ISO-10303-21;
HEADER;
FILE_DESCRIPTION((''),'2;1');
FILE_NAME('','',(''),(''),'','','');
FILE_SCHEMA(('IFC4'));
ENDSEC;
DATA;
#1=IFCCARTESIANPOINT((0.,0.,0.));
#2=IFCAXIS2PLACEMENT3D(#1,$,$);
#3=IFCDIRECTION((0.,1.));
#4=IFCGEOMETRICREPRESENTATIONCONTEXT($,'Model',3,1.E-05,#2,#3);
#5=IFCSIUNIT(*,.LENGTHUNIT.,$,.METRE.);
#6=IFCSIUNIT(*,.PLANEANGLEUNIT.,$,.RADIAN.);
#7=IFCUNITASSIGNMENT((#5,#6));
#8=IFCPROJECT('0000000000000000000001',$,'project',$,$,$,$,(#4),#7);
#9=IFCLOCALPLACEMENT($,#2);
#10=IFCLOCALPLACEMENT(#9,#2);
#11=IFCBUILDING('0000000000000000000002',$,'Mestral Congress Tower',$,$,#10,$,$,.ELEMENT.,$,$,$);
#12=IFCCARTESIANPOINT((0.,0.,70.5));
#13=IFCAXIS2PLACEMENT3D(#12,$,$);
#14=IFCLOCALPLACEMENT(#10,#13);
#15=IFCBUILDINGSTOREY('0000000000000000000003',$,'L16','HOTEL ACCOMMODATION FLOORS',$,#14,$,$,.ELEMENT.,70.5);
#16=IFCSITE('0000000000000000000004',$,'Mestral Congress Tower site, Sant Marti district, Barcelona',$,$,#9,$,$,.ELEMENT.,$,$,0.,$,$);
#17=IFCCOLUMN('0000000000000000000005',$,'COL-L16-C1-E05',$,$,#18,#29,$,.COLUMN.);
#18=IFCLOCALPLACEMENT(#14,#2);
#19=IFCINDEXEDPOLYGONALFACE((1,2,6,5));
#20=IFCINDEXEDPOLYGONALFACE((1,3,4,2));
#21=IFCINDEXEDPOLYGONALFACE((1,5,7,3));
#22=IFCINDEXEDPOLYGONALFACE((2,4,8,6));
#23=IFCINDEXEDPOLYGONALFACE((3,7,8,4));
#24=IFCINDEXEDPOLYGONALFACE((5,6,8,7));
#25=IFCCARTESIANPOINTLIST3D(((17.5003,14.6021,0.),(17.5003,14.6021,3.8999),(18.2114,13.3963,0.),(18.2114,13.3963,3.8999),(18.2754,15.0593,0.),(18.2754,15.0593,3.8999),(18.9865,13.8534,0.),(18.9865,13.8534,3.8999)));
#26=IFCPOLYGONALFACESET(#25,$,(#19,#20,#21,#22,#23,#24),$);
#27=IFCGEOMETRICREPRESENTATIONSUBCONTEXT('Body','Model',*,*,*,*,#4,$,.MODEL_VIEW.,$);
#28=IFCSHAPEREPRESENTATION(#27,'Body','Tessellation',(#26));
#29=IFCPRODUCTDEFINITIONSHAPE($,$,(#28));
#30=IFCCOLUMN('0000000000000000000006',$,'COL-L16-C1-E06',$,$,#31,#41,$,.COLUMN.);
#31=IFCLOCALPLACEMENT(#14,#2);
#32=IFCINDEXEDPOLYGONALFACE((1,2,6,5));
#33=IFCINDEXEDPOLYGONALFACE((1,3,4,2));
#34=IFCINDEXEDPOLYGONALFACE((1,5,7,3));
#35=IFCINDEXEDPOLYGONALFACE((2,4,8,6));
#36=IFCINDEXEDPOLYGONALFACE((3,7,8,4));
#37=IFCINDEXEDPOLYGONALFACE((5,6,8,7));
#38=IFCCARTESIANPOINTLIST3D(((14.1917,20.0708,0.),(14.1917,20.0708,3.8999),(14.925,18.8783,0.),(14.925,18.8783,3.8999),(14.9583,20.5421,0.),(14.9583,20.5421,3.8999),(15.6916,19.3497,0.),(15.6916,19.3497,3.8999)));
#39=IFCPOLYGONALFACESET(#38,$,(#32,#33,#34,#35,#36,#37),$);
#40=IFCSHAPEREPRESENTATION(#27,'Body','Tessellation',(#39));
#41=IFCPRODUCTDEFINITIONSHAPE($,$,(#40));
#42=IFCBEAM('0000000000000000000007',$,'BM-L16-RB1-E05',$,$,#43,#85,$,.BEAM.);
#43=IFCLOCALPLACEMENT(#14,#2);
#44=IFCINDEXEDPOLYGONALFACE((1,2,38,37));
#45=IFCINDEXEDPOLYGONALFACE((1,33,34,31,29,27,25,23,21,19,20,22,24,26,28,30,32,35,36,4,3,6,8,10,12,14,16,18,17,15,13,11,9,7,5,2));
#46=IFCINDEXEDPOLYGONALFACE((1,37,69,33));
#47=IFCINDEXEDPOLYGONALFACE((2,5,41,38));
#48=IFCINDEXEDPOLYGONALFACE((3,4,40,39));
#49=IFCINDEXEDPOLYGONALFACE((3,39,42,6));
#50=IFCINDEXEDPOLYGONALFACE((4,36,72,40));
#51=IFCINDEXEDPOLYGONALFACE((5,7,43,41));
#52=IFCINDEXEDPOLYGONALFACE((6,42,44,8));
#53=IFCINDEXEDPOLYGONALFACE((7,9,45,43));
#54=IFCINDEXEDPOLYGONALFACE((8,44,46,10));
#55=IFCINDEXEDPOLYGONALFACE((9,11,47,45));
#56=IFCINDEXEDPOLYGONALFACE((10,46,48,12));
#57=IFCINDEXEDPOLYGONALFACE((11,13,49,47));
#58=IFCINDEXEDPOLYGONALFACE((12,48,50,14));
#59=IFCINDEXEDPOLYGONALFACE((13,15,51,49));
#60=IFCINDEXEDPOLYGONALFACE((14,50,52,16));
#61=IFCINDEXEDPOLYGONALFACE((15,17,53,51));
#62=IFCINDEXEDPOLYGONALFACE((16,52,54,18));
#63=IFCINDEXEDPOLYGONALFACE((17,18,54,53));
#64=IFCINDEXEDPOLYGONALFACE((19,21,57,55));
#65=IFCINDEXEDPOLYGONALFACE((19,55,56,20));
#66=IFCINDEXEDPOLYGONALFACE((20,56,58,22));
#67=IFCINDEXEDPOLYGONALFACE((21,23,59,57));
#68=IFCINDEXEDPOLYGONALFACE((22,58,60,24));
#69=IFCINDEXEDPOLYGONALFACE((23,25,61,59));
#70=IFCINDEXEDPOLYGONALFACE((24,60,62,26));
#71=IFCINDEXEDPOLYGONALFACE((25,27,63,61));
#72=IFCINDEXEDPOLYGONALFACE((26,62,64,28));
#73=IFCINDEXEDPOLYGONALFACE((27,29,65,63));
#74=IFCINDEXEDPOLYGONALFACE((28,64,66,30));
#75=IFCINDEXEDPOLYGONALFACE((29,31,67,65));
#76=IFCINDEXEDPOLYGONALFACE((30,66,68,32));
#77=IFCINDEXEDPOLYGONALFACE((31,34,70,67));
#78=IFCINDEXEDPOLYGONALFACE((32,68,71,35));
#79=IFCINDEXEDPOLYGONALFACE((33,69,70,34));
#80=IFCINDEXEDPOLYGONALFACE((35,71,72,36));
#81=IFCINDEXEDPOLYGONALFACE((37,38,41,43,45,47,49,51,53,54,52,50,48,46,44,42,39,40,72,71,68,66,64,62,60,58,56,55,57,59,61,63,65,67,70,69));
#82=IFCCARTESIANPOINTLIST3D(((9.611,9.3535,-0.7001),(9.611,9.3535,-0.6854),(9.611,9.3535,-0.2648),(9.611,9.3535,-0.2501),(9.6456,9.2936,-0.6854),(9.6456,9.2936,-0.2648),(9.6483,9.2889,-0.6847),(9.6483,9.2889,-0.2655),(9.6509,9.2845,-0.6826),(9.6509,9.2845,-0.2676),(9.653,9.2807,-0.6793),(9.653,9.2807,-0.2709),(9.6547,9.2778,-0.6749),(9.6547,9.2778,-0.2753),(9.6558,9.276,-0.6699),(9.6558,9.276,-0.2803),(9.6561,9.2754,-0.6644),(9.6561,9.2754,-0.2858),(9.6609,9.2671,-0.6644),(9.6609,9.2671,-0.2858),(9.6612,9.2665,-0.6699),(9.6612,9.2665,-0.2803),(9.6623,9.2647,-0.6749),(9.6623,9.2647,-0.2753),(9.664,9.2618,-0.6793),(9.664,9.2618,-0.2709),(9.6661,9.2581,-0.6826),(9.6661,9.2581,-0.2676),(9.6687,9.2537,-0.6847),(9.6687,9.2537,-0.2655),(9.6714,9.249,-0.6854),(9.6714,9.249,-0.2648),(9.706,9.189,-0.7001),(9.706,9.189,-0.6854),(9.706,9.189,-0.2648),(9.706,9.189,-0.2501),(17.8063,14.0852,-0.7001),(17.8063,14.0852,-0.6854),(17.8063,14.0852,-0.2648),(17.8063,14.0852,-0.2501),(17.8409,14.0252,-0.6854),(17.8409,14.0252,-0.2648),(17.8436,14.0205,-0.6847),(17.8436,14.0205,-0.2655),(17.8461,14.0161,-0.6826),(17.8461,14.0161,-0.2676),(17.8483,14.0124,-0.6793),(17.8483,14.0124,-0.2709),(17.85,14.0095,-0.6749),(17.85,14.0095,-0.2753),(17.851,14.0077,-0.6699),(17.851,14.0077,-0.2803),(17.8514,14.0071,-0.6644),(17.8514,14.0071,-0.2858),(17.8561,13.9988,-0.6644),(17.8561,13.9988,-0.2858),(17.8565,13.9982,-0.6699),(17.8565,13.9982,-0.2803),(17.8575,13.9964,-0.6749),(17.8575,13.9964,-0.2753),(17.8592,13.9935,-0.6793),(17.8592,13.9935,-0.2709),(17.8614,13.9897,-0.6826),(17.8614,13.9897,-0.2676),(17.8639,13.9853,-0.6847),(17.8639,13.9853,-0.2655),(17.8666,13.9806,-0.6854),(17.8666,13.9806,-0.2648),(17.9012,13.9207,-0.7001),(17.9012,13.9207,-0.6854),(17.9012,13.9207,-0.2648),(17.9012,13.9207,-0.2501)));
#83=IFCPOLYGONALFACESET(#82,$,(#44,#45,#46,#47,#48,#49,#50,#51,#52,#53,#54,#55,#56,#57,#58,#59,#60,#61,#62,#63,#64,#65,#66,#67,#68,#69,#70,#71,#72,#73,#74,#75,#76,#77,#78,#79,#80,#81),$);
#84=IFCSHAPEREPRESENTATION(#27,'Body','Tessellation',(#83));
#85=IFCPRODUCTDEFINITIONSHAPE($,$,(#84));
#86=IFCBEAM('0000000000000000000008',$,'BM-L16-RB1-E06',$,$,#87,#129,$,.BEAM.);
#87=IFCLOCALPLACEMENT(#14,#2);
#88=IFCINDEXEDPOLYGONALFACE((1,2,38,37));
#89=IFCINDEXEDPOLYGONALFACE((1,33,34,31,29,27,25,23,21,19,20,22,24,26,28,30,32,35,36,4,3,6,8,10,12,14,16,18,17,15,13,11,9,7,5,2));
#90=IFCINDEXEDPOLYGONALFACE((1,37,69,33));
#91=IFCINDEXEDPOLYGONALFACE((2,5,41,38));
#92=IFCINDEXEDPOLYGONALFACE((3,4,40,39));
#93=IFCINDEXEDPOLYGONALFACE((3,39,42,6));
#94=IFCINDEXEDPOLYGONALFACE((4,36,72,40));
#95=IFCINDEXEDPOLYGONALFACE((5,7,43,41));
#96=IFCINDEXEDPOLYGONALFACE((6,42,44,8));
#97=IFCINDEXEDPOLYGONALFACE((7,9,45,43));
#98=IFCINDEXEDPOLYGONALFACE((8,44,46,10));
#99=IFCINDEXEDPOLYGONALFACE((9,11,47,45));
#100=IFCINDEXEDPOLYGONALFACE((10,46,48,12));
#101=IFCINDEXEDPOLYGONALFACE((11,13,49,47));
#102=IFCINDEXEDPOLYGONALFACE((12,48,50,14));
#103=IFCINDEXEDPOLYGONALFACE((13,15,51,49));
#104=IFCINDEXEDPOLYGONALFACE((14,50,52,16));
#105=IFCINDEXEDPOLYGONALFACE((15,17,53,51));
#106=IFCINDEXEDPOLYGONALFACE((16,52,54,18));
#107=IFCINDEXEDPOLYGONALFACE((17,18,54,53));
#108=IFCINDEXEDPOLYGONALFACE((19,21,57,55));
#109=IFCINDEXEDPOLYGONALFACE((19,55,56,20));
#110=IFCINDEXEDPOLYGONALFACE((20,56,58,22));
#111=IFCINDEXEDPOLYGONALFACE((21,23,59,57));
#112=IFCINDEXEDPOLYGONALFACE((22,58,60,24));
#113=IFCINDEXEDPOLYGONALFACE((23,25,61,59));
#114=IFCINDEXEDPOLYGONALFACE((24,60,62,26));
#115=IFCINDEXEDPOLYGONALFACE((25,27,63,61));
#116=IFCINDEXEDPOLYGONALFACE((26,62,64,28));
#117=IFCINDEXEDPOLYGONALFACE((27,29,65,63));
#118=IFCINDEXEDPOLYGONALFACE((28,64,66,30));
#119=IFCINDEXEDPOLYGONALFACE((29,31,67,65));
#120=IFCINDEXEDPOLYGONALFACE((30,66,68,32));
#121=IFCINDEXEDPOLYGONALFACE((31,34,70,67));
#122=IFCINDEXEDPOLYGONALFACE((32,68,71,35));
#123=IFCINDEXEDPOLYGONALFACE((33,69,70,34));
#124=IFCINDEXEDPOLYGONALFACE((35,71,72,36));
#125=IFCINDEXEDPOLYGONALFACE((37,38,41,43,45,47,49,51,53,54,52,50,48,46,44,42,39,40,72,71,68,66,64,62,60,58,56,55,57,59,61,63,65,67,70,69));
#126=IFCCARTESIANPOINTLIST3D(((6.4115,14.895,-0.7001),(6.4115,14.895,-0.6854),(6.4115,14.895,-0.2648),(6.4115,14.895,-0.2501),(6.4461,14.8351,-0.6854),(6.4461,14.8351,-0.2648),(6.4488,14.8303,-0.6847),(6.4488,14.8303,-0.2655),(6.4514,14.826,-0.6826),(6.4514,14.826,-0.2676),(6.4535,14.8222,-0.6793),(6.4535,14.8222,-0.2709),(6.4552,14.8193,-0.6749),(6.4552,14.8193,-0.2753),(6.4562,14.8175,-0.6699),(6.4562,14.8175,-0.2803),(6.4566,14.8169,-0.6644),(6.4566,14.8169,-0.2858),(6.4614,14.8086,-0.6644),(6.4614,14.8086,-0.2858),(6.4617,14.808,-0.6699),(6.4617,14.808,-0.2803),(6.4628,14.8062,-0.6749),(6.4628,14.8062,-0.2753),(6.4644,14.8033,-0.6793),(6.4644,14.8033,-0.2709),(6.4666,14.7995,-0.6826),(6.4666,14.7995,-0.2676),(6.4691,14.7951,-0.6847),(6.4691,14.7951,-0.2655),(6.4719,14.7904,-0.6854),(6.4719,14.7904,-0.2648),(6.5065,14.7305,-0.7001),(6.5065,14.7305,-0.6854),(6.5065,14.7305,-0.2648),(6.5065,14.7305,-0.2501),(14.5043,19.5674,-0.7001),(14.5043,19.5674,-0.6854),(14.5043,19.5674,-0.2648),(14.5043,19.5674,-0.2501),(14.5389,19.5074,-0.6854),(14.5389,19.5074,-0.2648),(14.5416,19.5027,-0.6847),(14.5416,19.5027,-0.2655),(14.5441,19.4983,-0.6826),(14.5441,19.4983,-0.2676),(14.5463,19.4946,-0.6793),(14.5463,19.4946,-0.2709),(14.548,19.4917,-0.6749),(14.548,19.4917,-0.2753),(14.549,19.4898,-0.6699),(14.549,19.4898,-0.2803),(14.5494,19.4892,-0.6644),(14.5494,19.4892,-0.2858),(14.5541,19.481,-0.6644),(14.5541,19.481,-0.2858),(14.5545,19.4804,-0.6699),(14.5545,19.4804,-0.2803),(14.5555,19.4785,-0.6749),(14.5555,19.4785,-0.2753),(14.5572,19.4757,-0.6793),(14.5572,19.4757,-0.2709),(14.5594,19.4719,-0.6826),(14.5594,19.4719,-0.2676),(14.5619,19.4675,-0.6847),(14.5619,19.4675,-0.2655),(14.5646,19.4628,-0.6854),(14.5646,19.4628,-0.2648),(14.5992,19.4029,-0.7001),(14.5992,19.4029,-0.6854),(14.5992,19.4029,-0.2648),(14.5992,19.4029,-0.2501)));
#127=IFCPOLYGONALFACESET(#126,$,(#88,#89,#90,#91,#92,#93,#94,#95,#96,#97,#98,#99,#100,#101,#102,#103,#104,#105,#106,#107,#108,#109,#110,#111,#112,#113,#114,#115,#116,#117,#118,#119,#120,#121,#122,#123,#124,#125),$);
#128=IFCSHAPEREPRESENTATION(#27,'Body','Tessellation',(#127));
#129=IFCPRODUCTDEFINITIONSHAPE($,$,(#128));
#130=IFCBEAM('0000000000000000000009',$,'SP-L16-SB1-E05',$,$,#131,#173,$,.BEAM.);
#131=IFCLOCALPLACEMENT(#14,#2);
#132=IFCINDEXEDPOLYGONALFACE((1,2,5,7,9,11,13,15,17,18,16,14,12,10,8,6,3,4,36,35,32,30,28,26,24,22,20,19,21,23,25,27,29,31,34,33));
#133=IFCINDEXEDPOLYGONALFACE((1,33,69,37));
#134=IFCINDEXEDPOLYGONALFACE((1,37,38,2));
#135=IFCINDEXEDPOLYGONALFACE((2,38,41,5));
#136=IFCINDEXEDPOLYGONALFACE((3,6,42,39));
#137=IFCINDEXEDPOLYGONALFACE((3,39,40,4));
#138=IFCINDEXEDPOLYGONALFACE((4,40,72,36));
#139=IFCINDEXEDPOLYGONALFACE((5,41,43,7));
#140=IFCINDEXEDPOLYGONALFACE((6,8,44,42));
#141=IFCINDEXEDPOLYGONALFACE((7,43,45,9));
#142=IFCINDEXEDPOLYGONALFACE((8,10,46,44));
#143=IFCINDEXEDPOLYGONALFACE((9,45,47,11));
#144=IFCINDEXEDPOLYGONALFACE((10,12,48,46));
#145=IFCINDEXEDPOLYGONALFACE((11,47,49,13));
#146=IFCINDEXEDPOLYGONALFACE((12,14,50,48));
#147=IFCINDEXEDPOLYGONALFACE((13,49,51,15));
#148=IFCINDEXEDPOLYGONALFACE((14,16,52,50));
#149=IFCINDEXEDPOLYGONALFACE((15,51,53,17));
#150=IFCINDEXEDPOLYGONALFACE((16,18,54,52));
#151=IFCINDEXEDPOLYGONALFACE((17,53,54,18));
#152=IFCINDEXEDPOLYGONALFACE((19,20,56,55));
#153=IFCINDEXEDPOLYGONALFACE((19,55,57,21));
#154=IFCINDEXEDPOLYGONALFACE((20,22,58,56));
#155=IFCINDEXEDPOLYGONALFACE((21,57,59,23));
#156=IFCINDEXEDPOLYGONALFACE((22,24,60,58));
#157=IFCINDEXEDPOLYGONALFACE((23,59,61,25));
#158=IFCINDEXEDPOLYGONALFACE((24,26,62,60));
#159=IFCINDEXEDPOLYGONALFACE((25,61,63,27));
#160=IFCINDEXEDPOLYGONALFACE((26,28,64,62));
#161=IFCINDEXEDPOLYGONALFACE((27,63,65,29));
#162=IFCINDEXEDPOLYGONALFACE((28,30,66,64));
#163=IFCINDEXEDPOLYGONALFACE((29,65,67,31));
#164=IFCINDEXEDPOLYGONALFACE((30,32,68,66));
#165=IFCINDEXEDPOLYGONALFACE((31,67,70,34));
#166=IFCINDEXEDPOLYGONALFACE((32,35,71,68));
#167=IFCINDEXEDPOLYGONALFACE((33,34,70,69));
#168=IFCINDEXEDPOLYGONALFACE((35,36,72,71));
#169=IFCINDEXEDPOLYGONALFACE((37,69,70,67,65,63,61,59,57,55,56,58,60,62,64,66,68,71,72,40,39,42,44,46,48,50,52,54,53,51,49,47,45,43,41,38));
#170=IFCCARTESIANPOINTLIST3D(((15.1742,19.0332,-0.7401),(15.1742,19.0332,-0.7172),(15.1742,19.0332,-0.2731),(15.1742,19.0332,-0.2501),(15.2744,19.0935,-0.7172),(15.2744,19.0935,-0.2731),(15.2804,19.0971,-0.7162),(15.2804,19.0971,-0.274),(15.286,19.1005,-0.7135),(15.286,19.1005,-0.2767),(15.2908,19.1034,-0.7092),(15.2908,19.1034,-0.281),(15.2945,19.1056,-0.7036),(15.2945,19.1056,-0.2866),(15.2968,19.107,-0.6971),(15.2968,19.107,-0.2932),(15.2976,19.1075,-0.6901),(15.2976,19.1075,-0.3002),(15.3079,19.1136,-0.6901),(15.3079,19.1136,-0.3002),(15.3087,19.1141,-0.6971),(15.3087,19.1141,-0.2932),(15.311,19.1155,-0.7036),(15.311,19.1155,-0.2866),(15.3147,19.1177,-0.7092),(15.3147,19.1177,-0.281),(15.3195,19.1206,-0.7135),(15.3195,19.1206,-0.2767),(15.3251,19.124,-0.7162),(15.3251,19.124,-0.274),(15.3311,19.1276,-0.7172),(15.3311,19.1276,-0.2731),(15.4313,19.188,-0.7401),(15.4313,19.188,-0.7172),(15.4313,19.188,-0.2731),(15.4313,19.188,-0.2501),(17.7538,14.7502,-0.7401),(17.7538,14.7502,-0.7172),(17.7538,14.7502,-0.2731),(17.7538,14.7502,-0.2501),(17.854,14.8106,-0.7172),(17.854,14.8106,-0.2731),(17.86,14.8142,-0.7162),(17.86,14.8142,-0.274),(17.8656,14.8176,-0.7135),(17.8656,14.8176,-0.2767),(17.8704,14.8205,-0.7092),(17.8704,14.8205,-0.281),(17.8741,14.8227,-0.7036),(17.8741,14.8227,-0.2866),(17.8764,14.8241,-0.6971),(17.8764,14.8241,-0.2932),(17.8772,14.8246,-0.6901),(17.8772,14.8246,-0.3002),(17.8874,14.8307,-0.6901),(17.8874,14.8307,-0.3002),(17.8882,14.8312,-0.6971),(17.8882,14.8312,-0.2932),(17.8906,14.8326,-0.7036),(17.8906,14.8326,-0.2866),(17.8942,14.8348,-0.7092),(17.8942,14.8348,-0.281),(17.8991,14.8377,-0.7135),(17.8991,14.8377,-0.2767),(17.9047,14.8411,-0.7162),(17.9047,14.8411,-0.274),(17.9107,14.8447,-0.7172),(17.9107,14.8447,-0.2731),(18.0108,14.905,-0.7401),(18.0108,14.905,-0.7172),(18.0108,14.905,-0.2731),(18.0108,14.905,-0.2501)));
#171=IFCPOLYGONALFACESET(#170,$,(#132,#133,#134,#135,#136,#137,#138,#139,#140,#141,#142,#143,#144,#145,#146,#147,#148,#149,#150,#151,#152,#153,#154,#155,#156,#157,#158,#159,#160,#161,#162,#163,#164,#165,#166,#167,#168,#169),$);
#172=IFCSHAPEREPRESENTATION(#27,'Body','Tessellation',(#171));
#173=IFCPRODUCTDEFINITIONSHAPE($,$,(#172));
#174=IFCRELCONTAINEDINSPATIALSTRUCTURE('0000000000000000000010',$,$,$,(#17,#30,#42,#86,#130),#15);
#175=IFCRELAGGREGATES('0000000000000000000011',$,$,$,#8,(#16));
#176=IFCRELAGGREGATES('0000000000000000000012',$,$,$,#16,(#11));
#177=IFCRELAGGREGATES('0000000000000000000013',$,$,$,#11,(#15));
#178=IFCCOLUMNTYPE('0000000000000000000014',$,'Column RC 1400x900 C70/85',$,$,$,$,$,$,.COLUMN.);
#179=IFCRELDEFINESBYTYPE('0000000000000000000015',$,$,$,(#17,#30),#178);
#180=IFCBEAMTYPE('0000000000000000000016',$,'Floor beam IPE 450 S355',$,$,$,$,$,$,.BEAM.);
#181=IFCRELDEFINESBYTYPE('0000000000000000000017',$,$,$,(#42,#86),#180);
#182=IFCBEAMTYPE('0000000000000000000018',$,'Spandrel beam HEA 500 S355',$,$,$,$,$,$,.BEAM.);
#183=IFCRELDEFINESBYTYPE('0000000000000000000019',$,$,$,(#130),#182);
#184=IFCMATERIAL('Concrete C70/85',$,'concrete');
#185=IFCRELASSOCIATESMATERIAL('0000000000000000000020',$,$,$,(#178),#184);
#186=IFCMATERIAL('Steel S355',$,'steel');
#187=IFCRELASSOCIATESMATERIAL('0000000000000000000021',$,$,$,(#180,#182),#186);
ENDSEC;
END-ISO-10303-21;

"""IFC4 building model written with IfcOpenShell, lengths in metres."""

from ifc_helpers import new_model, si_unit, direction, frame, origin, origin_2d, place, context, subcontext, project, spatial, rectangle, i_section, extrude, material, material_profile, profile_set, type_object, element, save


model = new_model("IFC4")

# Units and contexts
model_context = context("Model", 3, precision=1e-05, world=origin(), true_north=direction((0.0, 1.0)))
body_context = subcontext(model_context, "Body", "Model", "MODEL_VIEW")
ifc_project = project(units=[si_unit("LENGTHUNIT", "METRE"), si_unit("PLANEANGLEUNIT", "RADIAN")], contexts=[model_context])

# Site, building, storey
site_placement = place(None, origin())
site = spatial("IfcSite", under=ifc_project, at=site_placement, Name="Mestral Congress Tower site, Sant Marti district, Barcelona", CompositionType="ELEMENT", RefElevation=0.0)
building_placement = place(site_placement, origin())
building = spatial("IfcBuilding", under=site, at=building_placement, Name="Mestral Congress Tower", CompositionType="ELEMENT")
storey_placement = place(building_placement, frame((0.0, 0.0, 70.5)))
storey = spatial("IfcBuildingStorey", under=building, at=storey_placement, Name="L16", Description="HOTEL ACCOMMODATION FLOORS", CompositionType="ELEMENT", Elevation=70.5)

# Columns
ifc_material_1 = material(Name="Concrete C70/85", Category="concrete")
ifc_material_profile_1 = material_profile(ifc_material_1, rectangle(XDim=1.3999, YDim=0.8999, at=origin_2d()), Name="RC 1400x900")
ifc_profile_set_1 = profile_set([ifc_material_profile_1], Name="Concrete C70/85")
column_type = type_object("IfcColumnType", Name="Column RC 1400x900 C70/85", PredefinedType="COLUMN", material=ifc_profile_set_1)
for number, where, z_axis, x_axis, name in (
    (1, (18.2434, 14.2278, 0.0), (0.0, 0.0, 1.0), (-0.507983, 0.861367, 0.0), "COL-L16-C1-E05"),
    (2, (14.9417, 19.7102, 0.0), (0.0, 0.0, 1.0), (-0.523819, 0.851829, 0.0), "COL-L16-C1-E06"),
):
    element("IfcColumn", number, at=place(storey_placement, frame(where, z_axis=z_axis, x_axis=x_axis)), inside=storey, type_object=column_type, Name=name, PredefinedType="COLUMN", context=body_context, shape_type="SweptSolid", body=[
        extrude(rectangle(XDim=1.3999, YDim=0.8999, at=origin_2d()), origin(), (0.0, 0.0, 1.0), 3.8999),
    ])

# Beams
ifc_material_2 = material(Name="Steel S355", Category="steel")
ifc_material_profile_2 = material_profile(ifc_material_2, i_section(OverallWidth=0.1899, OverallDepth=0.45, WebThickness=0.0095, FlangeThickness=0.0146, FilletRadius=0.021, at=origin_2d()), Name="IPE 450")
ifc_profile_set_2 = profile_set([ifc_material_profile_2], Name="Steel S355")
beam_type_1 = type_object("IfcBeamType", Name="Floor beam IPE 450 S355", PredefinedType="BEAM", material=ifc_profile_set_2)
beam_1_placement = place(storey_placement, frame((17.8538, 14.0029, -0.4751), z_axis=(-0.86602, -0.50001, 0.0), x_axis=(0.50001, -0.86602, 0.0)))
element("IfcBeam", 3, at=beam_1_placement, inside=storey, type_object=beam_type_1, Name="BM-L16-RB1-E05", PredefinedType="BEAM", context=body_context, shape_type="SweptSolid", body=[
    extrude(i_section(OverallWidth=0.1899, OverallDepth=0.45, WebThickness=0.0095, FlangeThickness=0.0146, FilletRadius=0.021, at=origin_2d()), origin(), (0.0, 0.0, 1.0), 9.4631),
])
beam_2_placement = place(storey_placement, frame((14.5518, 19.4851, -0.4751), z_axis=(-0.866025, -0.5, 0.0), x_axis=(0.5, -0.866025, 0.0)))
element("IfcBeam", 4, at=beam_2_placement, inside=storey, type_object=beam_type_1, Name="BM-L16-RB1-E06", PredefinedType="BEAM", context=body_context, shape_type="SweptSolid", body=[
    extrude(i_section(OverallWidth=0.1899, OverallDepth=0.45, WebThickness=0.0095, FlangeThickness=0.0146, FilletRadius=0.021, at=origin_2d()), origin(), (0.0, 0.0, 1.0), 9.3447),
])
ifc_material_profile_3 = material_profile(ifc_material_2, i_section(OverallWidth=0.3, OverallDepth=0.49, WebThickness=0.012, FlangeThickness=0.0229, FilletRadius=0.0271, at=origin_2d()), Name="HEA 500")
ifc_profile_set_3 = profile_set([ifc_material_profile_3], Name="Steel S355")
beam_type_2 = type_object("IfcBeamType", Name="Spandrel beam HEA 500 S355", PredefinedType="BEAM", material=ifc_profile_set_3)
for number, where, z_axis, x_axis, name in (
    (5, (17.8823, 14.8276, -0.4951), (-0.515938, 0.856626, 0.0), (-0.856626, -0.515938, 0.0), "SP-L16-SB1-E05"),
):
    element("IfcBeam", number, at=place(storey_placement, frame(where, z_axis=z_axis, x_axis=x_axis)), inside=storey, type_object=beam_type_2, Name=name, PredefinedType="BEAM", context=body_context, shape_type="SweptSolid", body=[
        extrude(i_section(OverallWidth=0.3, OverallDepth=0.49, WebThickness=0.012, FlangeThickness=0.0229, FilletRadius=0.0271, at=origin_2d()), origin(), (0.0, 0.0, 1.0), 4.9998),
    ])

save(model, "model.ifc")
